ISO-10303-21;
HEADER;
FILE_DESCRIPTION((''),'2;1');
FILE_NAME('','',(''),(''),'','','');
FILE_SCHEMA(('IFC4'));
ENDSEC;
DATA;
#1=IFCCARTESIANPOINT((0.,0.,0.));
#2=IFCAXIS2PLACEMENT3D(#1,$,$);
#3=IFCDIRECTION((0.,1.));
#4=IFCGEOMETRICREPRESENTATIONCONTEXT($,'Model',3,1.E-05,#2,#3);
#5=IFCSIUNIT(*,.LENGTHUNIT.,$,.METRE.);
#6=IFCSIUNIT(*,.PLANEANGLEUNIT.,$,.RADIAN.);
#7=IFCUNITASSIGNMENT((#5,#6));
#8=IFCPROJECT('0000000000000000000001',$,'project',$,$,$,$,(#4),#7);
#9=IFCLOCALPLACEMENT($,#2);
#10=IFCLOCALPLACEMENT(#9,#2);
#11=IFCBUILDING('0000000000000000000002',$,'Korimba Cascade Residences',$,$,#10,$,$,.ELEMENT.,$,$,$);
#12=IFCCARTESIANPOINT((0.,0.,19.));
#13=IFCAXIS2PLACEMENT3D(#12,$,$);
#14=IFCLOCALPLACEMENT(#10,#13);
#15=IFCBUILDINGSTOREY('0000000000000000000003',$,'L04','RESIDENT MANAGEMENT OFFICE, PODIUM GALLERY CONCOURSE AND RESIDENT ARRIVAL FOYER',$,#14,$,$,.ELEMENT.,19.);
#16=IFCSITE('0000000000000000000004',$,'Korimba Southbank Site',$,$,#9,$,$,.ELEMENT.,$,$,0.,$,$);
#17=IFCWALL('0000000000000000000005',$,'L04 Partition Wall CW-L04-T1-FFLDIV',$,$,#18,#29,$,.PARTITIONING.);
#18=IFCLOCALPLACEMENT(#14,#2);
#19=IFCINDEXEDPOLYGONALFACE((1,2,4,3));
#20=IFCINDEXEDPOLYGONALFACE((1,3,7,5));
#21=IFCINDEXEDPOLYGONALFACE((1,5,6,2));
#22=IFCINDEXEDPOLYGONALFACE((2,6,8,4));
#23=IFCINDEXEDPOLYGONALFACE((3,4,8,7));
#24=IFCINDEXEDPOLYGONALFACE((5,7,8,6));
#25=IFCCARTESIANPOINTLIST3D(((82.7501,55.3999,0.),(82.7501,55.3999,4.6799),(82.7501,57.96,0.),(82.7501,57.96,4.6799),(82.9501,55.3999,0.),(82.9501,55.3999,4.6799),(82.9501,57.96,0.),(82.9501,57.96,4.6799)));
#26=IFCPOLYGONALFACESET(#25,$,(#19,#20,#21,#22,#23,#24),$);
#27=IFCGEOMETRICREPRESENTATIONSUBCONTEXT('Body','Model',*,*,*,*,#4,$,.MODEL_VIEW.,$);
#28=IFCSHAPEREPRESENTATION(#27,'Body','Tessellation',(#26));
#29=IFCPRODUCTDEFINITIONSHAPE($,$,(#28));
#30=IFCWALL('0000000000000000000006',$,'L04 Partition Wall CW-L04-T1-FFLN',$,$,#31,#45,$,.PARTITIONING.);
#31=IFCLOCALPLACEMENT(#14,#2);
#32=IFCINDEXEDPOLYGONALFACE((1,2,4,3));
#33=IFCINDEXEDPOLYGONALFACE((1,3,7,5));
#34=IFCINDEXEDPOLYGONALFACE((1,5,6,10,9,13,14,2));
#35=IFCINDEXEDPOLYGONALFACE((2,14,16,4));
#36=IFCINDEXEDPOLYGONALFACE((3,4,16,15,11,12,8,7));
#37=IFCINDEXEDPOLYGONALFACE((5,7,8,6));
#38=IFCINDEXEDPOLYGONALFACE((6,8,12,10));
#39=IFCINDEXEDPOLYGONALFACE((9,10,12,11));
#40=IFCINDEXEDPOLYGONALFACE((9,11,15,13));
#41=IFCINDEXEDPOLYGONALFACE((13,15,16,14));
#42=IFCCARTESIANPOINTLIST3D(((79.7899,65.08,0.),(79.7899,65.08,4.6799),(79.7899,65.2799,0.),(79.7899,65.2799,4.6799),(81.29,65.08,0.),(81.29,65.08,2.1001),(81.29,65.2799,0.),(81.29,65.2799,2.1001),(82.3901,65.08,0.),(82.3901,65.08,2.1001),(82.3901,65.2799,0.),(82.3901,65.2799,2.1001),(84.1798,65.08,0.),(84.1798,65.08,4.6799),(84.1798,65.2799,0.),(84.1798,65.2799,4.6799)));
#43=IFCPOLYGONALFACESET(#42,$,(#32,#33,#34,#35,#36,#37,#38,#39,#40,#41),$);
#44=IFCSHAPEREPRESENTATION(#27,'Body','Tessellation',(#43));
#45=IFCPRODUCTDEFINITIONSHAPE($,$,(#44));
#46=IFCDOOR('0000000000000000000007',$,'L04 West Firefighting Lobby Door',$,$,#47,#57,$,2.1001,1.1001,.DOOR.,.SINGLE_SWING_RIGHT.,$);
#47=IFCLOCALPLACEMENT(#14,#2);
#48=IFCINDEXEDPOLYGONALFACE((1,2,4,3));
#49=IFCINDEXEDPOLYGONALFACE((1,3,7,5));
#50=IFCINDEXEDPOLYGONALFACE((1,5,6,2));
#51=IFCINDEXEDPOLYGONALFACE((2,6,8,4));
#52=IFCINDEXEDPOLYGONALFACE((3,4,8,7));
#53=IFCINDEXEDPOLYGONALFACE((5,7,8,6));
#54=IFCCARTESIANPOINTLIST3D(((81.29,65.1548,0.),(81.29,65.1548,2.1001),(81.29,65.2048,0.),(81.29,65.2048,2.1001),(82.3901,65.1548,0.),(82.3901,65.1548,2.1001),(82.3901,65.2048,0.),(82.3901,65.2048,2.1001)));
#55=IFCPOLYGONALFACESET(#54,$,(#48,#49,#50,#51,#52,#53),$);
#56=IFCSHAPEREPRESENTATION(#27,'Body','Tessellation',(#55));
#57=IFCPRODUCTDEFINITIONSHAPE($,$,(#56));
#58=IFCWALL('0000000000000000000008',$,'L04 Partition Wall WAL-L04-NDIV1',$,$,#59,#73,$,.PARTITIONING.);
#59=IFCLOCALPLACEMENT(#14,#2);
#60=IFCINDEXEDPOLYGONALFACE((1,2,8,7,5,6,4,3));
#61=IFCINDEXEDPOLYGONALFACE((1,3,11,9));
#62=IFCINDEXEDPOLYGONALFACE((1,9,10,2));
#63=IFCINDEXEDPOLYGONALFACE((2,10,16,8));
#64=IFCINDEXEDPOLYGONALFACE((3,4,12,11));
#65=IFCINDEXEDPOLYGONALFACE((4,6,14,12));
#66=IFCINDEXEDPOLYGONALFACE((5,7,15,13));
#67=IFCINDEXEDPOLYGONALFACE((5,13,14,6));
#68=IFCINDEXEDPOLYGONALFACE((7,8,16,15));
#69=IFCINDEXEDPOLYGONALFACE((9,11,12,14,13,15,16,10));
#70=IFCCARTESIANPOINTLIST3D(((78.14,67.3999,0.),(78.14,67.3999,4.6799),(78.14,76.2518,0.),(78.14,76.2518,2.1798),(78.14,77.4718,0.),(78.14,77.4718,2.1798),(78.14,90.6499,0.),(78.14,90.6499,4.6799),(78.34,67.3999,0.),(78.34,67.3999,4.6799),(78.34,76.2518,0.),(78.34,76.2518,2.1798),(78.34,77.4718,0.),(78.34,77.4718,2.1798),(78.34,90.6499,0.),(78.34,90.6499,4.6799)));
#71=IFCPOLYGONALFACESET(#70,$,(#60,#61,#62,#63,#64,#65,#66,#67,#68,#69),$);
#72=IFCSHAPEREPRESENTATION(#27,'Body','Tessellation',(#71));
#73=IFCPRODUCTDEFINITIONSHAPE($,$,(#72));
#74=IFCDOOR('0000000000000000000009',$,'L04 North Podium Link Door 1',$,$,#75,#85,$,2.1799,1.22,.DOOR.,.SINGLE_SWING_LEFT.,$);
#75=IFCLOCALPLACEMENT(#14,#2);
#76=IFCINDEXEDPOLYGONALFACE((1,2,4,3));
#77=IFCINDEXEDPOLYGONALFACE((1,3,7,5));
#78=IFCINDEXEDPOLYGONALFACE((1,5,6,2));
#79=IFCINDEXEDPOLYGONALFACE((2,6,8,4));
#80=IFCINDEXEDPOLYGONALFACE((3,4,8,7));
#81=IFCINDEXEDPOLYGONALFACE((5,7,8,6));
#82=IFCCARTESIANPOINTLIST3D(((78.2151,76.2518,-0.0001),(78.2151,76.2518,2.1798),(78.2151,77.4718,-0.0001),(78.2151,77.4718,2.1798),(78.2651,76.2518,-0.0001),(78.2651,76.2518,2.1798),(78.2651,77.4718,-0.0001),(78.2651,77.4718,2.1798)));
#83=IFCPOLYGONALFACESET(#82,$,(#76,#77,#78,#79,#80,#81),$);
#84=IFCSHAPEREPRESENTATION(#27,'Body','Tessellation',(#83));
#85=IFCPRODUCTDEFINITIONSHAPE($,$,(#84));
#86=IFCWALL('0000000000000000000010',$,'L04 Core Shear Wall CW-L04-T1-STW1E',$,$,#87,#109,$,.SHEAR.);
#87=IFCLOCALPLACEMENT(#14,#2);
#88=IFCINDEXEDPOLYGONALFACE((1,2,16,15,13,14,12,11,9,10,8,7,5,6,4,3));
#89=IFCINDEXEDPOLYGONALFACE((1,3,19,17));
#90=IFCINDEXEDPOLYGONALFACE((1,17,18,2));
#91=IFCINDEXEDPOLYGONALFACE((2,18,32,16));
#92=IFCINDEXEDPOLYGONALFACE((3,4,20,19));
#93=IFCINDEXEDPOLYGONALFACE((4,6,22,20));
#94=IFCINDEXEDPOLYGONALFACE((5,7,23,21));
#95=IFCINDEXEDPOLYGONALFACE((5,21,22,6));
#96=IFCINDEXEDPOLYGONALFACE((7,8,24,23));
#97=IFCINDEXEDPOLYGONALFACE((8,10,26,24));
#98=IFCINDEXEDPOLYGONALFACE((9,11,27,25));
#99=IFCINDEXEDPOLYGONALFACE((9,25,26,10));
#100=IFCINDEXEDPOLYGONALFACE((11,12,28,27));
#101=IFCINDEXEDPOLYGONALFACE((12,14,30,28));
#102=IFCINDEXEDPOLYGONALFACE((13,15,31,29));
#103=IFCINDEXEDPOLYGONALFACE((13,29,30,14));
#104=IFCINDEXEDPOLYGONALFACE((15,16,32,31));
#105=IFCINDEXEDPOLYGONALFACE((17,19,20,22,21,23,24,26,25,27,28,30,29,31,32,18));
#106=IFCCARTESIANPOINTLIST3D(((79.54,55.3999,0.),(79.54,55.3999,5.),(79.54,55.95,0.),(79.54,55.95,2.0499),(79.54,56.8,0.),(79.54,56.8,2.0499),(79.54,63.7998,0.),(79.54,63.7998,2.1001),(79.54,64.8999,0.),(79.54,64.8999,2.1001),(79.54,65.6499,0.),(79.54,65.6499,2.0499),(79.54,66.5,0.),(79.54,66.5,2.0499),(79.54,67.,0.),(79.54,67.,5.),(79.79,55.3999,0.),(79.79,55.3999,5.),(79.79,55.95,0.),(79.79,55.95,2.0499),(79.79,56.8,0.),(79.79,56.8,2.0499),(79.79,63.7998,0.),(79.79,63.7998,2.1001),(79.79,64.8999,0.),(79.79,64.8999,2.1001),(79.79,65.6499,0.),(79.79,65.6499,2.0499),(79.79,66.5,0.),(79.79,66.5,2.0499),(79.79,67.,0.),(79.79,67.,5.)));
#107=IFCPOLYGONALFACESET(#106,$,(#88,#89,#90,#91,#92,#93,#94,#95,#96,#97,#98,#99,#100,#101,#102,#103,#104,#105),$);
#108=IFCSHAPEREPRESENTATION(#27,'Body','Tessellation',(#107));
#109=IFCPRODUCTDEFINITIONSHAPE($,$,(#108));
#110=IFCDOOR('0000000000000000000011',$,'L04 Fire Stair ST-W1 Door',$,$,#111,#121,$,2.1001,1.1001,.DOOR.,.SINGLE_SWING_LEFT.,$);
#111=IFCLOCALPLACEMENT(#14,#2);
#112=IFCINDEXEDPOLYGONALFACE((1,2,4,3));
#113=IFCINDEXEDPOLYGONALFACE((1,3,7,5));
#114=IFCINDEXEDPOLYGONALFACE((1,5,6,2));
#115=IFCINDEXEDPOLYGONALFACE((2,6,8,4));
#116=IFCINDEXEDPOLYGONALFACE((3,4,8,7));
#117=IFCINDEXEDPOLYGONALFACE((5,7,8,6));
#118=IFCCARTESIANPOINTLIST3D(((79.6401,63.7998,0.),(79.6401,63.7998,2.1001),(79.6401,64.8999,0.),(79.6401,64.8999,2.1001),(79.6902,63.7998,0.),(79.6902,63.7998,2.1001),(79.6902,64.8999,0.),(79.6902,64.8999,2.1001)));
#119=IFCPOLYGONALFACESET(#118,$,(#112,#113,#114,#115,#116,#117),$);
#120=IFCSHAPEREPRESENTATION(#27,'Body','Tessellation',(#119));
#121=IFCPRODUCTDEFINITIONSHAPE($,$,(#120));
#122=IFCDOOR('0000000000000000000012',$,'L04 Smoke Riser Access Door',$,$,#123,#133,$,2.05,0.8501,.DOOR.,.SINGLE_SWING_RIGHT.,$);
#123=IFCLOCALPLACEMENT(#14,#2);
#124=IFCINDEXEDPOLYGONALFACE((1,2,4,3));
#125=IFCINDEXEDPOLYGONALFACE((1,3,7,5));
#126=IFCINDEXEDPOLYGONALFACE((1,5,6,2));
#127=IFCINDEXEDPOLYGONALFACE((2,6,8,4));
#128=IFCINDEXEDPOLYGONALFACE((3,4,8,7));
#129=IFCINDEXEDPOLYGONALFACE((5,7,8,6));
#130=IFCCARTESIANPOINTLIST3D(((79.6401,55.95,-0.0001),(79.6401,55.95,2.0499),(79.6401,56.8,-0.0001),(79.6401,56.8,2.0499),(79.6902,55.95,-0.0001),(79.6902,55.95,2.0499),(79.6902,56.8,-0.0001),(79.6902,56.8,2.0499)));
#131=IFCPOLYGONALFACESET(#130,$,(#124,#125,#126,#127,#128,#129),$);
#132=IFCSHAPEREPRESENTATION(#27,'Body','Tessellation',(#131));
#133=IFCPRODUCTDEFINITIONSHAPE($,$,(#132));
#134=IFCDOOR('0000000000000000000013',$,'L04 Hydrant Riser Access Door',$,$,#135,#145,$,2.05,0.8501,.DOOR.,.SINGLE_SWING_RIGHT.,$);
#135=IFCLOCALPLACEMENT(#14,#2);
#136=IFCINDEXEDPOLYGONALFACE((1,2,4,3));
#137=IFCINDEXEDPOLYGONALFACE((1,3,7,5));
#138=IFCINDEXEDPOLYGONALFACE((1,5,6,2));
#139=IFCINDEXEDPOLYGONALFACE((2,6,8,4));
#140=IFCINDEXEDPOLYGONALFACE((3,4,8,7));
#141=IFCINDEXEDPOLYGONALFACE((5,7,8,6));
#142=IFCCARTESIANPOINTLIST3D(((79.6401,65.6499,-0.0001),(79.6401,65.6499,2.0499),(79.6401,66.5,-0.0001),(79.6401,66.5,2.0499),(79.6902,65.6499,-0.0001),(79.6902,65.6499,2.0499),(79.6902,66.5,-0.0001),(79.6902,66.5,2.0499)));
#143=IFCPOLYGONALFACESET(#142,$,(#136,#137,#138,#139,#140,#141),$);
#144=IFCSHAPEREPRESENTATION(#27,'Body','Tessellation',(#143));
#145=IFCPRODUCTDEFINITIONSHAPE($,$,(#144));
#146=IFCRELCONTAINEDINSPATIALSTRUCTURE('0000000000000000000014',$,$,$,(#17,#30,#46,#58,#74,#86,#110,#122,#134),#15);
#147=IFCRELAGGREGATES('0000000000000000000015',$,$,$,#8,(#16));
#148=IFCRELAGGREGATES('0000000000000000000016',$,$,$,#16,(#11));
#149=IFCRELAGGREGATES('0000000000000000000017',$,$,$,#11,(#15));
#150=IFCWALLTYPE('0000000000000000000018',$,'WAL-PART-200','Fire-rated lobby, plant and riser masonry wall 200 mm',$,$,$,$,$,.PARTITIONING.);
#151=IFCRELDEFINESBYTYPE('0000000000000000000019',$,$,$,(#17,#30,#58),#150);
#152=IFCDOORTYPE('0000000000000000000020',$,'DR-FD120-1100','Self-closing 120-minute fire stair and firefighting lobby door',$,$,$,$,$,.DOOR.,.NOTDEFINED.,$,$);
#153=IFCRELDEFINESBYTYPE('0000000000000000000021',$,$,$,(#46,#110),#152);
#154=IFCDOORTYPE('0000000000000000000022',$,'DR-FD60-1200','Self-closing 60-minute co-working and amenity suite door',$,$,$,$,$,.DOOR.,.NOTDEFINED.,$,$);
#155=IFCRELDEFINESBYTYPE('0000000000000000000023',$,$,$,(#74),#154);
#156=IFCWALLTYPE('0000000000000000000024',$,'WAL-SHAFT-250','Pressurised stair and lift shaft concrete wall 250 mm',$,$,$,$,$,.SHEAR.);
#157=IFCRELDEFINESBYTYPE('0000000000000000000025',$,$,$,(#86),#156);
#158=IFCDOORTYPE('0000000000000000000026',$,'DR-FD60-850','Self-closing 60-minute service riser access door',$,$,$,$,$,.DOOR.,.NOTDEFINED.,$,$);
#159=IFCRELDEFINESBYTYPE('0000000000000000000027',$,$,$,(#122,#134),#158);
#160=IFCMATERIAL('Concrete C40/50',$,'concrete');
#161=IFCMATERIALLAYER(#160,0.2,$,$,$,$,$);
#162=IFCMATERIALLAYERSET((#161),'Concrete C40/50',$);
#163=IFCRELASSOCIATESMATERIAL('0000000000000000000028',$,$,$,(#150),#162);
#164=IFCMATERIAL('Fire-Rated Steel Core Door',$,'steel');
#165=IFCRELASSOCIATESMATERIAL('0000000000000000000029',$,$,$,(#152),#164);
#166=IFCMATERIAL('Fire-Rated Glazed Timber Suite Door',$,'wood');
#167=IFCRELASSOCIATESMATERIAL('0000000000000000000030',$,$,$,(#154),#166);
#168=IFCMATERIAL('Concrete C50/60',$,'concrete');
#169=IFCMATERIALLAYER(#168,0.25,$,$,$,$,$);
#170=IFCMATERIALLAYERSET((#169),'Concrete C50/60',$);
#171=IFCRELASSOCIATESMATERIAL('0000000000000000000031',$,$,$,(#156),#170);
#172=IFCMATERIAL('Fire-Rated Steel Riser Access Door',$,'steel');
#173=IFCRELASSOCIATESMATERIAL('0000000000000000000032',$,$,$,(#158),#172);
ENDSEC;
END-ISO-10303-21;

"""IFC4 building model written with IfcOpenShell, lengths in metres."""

from ifc_helpers import new_model, si_unit, direction, frame, frame_2d, origin, place, context, subcontext, project, spatial, rectangle, extrude, material, layer, layer_set, type_object, element, fill, save


model = new_model("IFC4")

# Units and contexts
model_context = context("Model", 3, precision=1e-05, world=origin(), true_north=direction((0.0, 1.0)))
body_context = subcontext(model_context, "Body", "Model", "MODEL_VIEW")
ifc_project = project(units=[si_unit("LENGTHUNIT", "METRE"), si_unit("PLANEANGLEUNIT", "RADIAN")], contexts=[model_context])

# Site, building, storey
site_placement = place(None, origin())
site = spatial("IfcSite", under=ifc_project, at=site_placement, Name="Korimba Southbank Site", CompositionType="ELEMENT", RefElevation=0.0)
building_placement = place(site_placement, origin())
building = spatial("IfcBuilding", under=site, at=building_placement, Name="Korimba Cascade Residences", CompositionType="ELEMENT")
storey_placement = place(building_placement, frame((0.0, 0.0, 19.0)))
storey = spatial("IfcBuildingStorey", under=building, at=storey_placement, Name="L04", Description="RESIDENT MANAGEMENT OFFICE, PODIUM GALLERY CONCOURSE AND RESIDENT ARRIVAL FOYER", CompositionType="ELEMENT", Elevation=19.0)

# Wall
ifc_material_1 = material(Name="Concrete C40/50", Category="concrete")
ifc_layer_1 = layer(ifc_material_1, 0.2)
ifc_layer_set_1 = layer_set([ifc_layer_1], Name="Concrete C40/50")
wall_type_1 = type_object("IfcWallType", Name="WAL-PART-200", Description="Fire-rated lobby, plant and riser masonry wall 200 mm", PredefinedType="PARTITIONING", material=ifc_layer_set_1)
wall_1_placement = place(storey_placement, frame((82.8501, 55.3999, 0.0), z_axis=(0.0, 0.0, 1.0), x_axis=(0.0, 1.0, 0.0)))
element("IfcWall", 1, at=wall_1_placement, inside=storey, type_object=wall_type_1, Name="L04 Partition Wall CW-L04-T1-FFLDIV", PredefinedType="PARTITIONING", context=body_context, shape_type="SweptSolid", body=[
    extrude(rectangle(XDim=2.5601, YDim=0.2, at=frame_2d((1.28, 0.0))), origin(), (0.0, 0.0, 1.0), 4.6799),
])

# Walls, openings, doors
wall_2_placement = place(storey_placement, frame((79.79, 65.1799, 0.0), z_axis=(0.0, 0.0, 1.0), x_axis=(1.0, 0.0, 0.0)))
wall_2 = element("IfcWall", 2, at=wall_2_placement, inside=storey, type_object=wall_type_1, Name="L04 Partition Wall CW-L04-T1-FFLN", PredefinedType="PARTITIONING", context=body_context, shape_type="SweptSolid", body=[
    extrude(rectangle(XDim=4.3899, YDim=0.2, at=frame_2d((2.1948, 0.0))), origin(), (0.0, 0.0, 1.0), 4.6799),
])
opening_1_placement = place(wall_2_placement, frame((1.5, 0.0, 0.0)))
opening_1 = element("IfcOpeningElement", 3, at=opening_1_placement, cuts=wall_2, PredefinedType="OPENING", context=body_context, shape_type="SweptSolid", body=[
    extrude(rectangle(XDim=1.1001, YDim=2.1001, at=frame_2d((0.55, 1.05))), frame((0.0, 0.1099, 0.0), z_axis=(0.0, -1.0, 0.0), x_axis=(1.0, 0.0, 0.0)), (0.0, 0.0, 1.0), 0.22),
])
ifc_material_2 = material(Name="Fire-Rated Steel Core Door", Category="steel")
door_type_1 = type_object("IfcDoorType", Name="DR-FD120-1100", Description="Self-closing 120-minute fire stair and firefighting lobby door", OperationType="NOTDEFINED", PredefinedType="DOOR", material=ifc_material_2)
door_1_placement = place(opening_1_placement, origin())
door_1 = element("IfcDoor", 4, at=door_1_placement, inside=storey, type_object=door_type_1, Name="L04 West Firefighting Lobby Door", OperationType="SINGLE_SWING_RIGHT", OverallHeight=2.1001, OverallWidth=1.1001, PredefinedType="DOOR", context=body_context, shape_type="SweptSolid", body=[
    extrude(rectangle(XDim=1.1001, YDim=2.1001, at=frame_2d((0.55, 1.05))), frame((0.0, 0.0249, 0.0), z_axis=(0.0, -1.0, 0.0), x_axis=(1.0, 0.0, 0.0)), (0.0, 0.0, 1.0), 0.05),
])
fill(opening_1, door_1)
wall_3_placement = place(storey_placement, frame((78.24, 67.3999, 0.0), z_axis=(0.0, 0.0, 1.0), x_axis=(0.0, 1.0, 0.0)))
wall_3 = element("IfcWall", 5, at=wall_3_placement, inside=storey, type_object=wall_type_1, Name="L04 Partition Wall WAL-L04-NDIV1", PredefinedType="PARTITIONING", context=body_context, shape_type="SweptSolid", body=[
    extrude(rectangle(XDim=23.25, YDim=0.2, at=frame_2d((11.625, 0.0))), origin(), (0.0, 0.0, 1.0), 4.6799),
])
opening_2_placement = place(wall_3_placement, frame((8.8521, 0.0, 0.0)))
opening_2 = element("IfcOpeningElement", 6, at=opening_2_placement, cuts=wall_3, PredefinedType="OPENING", context=body_context, shape_type="SweptSolid", body=[
    extrude(rectangle(XDim=1.22, YDim=2.1799, at=frame_2d((0.6099, 1.0898))), frame((0.0, 0.1099, 0.0), z_axis=(0.0, -1.0, 0.0), x_axis=(1.0, 0.0, 0.0)), (0.0, 0.0, 1.0), 0.22),
])
ifc_material_3 = material(Name="Fire-Rated Glazed Timber Suite Door", Category="wood")
door_type_2 = type_object("IfcDoorType", Name="DR-FD60-1200", Description="Self-closing 60-minute co-working and amenity suite door", OperationType="NOTDEFINED", PredefinedType="DOOR", material=ifc_material_3)
door_2_placement = place(opening_2_placement, origin())
door_2 = element("IfcDoor", 7, at=door_2_placement, inside=storey, type_object=door_type_2, Name="L04 North Podium Link Door 1", OperationType="SINGLE_SWING_LEFT", OverallHeight=2.1799, OverallWidth=1.22, PredefinedType="DOOR", context=body_context, shape_type="SweptSolid", body=[
    extrude(rectangle(XDim=1.22, YDim=2.1799, at=frame_2d((0.6099, 1.0898))), frame((0.0, 0.0249, 0.0), z_axis=(0.0, -1.0, 0.0), x_axis=(1.0, 0.0, 0.0)), (0.0, 0.0, 1.0), 0.05),
])
fill(opening_2, door_2)

# Wall, openings, doors
ifc_material_4 = material(Name="Concrete C50/60", Category="concrete")
ifc_layer_2 = layer(ifc_material_4, 0.25)
ifc_layer_set_2 = layer_set([ifc_layer_2], Name="Concrete C50/60")
wall_type_2 = type_object("IfcWallType", Name="WAL-SHAFT-250", Description="Pressurised stair and lift shaft concrete wall 250 mm", PredefinedType="SHEAR", material=ifc_layer_set_2)
wall_4_placement = place(storey_placement, frame((79.665, 55.3999, 0.0), z_axis=(0.0, 0.0, 1.0), x_axis=(0.0, 1.0, 0.0)))
wall_4 = element("IfcWall", 8, at=wall_4_placement, inside=storey, type_object=wall_type_2, Name="L04 Core Shear Wall CW-L04-T1-STW1E", PredefinedType="SHEAR", context=body_context, shape_type="SweptSolid", body=[
    extrude(rectangle(XDim=11.6001, YDim=0.25, at=frame_2d((5.8, 0.0))), origin(), (0.0, 0.0, 1.0), 5.0),
])
opening_3_placement = place(wall_4_placement, frame((0.55, 0.0, 0.0)))
opening_3 = element("IfcOpeningElement", 9, at=opening_3_placement, cuts=wall_4, PredefinedType="OPENING", context=body_context, shape_type="SweptSolid", body=[
    extrude(rectangle(XDim=0.8501, YDim=2.05, at=frame_2d((0.425, 1.0249))), frame((0.0, 0.135, 0.0), z_axis=(0.0, -1.0, 0.0), x_axis=(1.0, 0.0, 0.0)), (0.0, 0.0, 1.0), 0.27),
])
opening_4_placement = place(wall_4_placement, frame((8.3999, 0.0, 0.0)))
opening_4 = element("IfcOpeningElement", 10, at=opening_4_placement, cuts=wall_4, PredefinedType="OPENING", context=body_context, shape_type="SweptSolid", body=[
    extrude(rectangle(XDim=1.1001, YDim=2.1001, at=frame_2d((0.55, 1.05))), frame((0.0, 0.135, 0.0), z_axis=(0.0, -1.0, 0.0), x_axis=(1.0, 0.0, 0.0)), (0.0, 0.0, 1.0), 0.27),
])
opening_5_placement = place(wall_4_placement, frame((10.25, 0.0, 0.0)))
opening_5 = element("IfcOpeningElement", 11, at=opening_5_placement, cuts=wall_4, PredefinedType="OPENING", context=body_context, shape_type="SweptSolid", body=[
    extrude(rectangle(XDim=0.8501, YDim=2.05, at=frame_2d((0.425, 1.0249))), frame((0.0, 0.135, 0.0), z_axis=(0.0, -1.0, 0.0), x_axis=(1.0, 0.0, 0.0)), (0.0, 0.0, 1.0), 0.27),
])
door_3_placement = place(opening_4_placement, origin())
door_3 = element("IfcDoor", 12, at=door_3_placement, inside=storey, type_object=door_type_1, Name="L04 Fire Stair ST-W1 Door", OperationType="SINGLE_SWING_LEFT", OverallHeight=2.1001, OverallWidth=1.1001, PredefinedType="DOOR", context=body_context, shape_type="SweptSolid", body=[
    extrude(rectangle(XDim=1.1001, YDim=2.1001, at=frame_2d((0.55, 1.05))), frame((0.0, 0.0249, 0.0), z_axis=(0.0, -1.0, 0.0), x_axis=(1.0, 0.0, 0.0)), (0.0, 0.0, 1.0), 0.05),
])
fill(opening_4, door_3)
ifc_material_5 = material(Name="Fire-Rated Steel Riser Access Door", Category="steel")
door_type_3 = type_object("IfcDoorType", Name="DR-FD60-850", Description="Self-closing 60-minute service riser access door", OperationType="NOTDEFINED", PredefinedType="DOOR", material=ifc_material_5)
door_4_placement = place(opening_3_placement, origin())
door_4 = element("IfcDoor", 13, at=door_4_placement, inside=storey, type_object=door_type_3, Name="L04 Smoke Riser Access Door", OperationType="SINGLE_SWING_RIGHT", OverallHeight=2.05, OverallWidth=0.8501, PredefinedType="DOOR", context=body_context, shape_type="SweptSolid", body=[
    extrude(rectangle(XDim=0.8501, YDim=2.05, at=frame_2d((0.425, 1.0249))), frame((0.0, 0.0249, 0.0), z_axis=(0.0, -1.0, 0.0), x_axis=(1.0, 0.0, 0.0)), (0.0, 0.0, 1.0), 0.05),
])
fill(opening_3, door_4)
door_5_placement = place(opening_5_placement, origin())
door_5 = element("IfcDoor", 14, at=door_5_placement, inside=storey, type_object=door_type_3, Name="L04 Hydrant Riser Access Door", OperationType="SINGLE_SWING_RIGHT", OverallHeight=2.05, OverallWidth=0.8501, PredefinedType="DOOR", context=body_context, shape_type="SweptSolid", body=[
    extrude(rectangle(XDim=0.8501, YDim=2.05, at=frame_2d((0.425, 1.0249))), frame((0.0, 0.0249, 0.0), z_axis=(0.0, -1.0, 0.0), x_axis=(1.0, 0.0, 0.0)), (0.0, 0.0, 1.0), 0.05),
])
fill(opening_5, door_5)

save(model, "model.ifc")
